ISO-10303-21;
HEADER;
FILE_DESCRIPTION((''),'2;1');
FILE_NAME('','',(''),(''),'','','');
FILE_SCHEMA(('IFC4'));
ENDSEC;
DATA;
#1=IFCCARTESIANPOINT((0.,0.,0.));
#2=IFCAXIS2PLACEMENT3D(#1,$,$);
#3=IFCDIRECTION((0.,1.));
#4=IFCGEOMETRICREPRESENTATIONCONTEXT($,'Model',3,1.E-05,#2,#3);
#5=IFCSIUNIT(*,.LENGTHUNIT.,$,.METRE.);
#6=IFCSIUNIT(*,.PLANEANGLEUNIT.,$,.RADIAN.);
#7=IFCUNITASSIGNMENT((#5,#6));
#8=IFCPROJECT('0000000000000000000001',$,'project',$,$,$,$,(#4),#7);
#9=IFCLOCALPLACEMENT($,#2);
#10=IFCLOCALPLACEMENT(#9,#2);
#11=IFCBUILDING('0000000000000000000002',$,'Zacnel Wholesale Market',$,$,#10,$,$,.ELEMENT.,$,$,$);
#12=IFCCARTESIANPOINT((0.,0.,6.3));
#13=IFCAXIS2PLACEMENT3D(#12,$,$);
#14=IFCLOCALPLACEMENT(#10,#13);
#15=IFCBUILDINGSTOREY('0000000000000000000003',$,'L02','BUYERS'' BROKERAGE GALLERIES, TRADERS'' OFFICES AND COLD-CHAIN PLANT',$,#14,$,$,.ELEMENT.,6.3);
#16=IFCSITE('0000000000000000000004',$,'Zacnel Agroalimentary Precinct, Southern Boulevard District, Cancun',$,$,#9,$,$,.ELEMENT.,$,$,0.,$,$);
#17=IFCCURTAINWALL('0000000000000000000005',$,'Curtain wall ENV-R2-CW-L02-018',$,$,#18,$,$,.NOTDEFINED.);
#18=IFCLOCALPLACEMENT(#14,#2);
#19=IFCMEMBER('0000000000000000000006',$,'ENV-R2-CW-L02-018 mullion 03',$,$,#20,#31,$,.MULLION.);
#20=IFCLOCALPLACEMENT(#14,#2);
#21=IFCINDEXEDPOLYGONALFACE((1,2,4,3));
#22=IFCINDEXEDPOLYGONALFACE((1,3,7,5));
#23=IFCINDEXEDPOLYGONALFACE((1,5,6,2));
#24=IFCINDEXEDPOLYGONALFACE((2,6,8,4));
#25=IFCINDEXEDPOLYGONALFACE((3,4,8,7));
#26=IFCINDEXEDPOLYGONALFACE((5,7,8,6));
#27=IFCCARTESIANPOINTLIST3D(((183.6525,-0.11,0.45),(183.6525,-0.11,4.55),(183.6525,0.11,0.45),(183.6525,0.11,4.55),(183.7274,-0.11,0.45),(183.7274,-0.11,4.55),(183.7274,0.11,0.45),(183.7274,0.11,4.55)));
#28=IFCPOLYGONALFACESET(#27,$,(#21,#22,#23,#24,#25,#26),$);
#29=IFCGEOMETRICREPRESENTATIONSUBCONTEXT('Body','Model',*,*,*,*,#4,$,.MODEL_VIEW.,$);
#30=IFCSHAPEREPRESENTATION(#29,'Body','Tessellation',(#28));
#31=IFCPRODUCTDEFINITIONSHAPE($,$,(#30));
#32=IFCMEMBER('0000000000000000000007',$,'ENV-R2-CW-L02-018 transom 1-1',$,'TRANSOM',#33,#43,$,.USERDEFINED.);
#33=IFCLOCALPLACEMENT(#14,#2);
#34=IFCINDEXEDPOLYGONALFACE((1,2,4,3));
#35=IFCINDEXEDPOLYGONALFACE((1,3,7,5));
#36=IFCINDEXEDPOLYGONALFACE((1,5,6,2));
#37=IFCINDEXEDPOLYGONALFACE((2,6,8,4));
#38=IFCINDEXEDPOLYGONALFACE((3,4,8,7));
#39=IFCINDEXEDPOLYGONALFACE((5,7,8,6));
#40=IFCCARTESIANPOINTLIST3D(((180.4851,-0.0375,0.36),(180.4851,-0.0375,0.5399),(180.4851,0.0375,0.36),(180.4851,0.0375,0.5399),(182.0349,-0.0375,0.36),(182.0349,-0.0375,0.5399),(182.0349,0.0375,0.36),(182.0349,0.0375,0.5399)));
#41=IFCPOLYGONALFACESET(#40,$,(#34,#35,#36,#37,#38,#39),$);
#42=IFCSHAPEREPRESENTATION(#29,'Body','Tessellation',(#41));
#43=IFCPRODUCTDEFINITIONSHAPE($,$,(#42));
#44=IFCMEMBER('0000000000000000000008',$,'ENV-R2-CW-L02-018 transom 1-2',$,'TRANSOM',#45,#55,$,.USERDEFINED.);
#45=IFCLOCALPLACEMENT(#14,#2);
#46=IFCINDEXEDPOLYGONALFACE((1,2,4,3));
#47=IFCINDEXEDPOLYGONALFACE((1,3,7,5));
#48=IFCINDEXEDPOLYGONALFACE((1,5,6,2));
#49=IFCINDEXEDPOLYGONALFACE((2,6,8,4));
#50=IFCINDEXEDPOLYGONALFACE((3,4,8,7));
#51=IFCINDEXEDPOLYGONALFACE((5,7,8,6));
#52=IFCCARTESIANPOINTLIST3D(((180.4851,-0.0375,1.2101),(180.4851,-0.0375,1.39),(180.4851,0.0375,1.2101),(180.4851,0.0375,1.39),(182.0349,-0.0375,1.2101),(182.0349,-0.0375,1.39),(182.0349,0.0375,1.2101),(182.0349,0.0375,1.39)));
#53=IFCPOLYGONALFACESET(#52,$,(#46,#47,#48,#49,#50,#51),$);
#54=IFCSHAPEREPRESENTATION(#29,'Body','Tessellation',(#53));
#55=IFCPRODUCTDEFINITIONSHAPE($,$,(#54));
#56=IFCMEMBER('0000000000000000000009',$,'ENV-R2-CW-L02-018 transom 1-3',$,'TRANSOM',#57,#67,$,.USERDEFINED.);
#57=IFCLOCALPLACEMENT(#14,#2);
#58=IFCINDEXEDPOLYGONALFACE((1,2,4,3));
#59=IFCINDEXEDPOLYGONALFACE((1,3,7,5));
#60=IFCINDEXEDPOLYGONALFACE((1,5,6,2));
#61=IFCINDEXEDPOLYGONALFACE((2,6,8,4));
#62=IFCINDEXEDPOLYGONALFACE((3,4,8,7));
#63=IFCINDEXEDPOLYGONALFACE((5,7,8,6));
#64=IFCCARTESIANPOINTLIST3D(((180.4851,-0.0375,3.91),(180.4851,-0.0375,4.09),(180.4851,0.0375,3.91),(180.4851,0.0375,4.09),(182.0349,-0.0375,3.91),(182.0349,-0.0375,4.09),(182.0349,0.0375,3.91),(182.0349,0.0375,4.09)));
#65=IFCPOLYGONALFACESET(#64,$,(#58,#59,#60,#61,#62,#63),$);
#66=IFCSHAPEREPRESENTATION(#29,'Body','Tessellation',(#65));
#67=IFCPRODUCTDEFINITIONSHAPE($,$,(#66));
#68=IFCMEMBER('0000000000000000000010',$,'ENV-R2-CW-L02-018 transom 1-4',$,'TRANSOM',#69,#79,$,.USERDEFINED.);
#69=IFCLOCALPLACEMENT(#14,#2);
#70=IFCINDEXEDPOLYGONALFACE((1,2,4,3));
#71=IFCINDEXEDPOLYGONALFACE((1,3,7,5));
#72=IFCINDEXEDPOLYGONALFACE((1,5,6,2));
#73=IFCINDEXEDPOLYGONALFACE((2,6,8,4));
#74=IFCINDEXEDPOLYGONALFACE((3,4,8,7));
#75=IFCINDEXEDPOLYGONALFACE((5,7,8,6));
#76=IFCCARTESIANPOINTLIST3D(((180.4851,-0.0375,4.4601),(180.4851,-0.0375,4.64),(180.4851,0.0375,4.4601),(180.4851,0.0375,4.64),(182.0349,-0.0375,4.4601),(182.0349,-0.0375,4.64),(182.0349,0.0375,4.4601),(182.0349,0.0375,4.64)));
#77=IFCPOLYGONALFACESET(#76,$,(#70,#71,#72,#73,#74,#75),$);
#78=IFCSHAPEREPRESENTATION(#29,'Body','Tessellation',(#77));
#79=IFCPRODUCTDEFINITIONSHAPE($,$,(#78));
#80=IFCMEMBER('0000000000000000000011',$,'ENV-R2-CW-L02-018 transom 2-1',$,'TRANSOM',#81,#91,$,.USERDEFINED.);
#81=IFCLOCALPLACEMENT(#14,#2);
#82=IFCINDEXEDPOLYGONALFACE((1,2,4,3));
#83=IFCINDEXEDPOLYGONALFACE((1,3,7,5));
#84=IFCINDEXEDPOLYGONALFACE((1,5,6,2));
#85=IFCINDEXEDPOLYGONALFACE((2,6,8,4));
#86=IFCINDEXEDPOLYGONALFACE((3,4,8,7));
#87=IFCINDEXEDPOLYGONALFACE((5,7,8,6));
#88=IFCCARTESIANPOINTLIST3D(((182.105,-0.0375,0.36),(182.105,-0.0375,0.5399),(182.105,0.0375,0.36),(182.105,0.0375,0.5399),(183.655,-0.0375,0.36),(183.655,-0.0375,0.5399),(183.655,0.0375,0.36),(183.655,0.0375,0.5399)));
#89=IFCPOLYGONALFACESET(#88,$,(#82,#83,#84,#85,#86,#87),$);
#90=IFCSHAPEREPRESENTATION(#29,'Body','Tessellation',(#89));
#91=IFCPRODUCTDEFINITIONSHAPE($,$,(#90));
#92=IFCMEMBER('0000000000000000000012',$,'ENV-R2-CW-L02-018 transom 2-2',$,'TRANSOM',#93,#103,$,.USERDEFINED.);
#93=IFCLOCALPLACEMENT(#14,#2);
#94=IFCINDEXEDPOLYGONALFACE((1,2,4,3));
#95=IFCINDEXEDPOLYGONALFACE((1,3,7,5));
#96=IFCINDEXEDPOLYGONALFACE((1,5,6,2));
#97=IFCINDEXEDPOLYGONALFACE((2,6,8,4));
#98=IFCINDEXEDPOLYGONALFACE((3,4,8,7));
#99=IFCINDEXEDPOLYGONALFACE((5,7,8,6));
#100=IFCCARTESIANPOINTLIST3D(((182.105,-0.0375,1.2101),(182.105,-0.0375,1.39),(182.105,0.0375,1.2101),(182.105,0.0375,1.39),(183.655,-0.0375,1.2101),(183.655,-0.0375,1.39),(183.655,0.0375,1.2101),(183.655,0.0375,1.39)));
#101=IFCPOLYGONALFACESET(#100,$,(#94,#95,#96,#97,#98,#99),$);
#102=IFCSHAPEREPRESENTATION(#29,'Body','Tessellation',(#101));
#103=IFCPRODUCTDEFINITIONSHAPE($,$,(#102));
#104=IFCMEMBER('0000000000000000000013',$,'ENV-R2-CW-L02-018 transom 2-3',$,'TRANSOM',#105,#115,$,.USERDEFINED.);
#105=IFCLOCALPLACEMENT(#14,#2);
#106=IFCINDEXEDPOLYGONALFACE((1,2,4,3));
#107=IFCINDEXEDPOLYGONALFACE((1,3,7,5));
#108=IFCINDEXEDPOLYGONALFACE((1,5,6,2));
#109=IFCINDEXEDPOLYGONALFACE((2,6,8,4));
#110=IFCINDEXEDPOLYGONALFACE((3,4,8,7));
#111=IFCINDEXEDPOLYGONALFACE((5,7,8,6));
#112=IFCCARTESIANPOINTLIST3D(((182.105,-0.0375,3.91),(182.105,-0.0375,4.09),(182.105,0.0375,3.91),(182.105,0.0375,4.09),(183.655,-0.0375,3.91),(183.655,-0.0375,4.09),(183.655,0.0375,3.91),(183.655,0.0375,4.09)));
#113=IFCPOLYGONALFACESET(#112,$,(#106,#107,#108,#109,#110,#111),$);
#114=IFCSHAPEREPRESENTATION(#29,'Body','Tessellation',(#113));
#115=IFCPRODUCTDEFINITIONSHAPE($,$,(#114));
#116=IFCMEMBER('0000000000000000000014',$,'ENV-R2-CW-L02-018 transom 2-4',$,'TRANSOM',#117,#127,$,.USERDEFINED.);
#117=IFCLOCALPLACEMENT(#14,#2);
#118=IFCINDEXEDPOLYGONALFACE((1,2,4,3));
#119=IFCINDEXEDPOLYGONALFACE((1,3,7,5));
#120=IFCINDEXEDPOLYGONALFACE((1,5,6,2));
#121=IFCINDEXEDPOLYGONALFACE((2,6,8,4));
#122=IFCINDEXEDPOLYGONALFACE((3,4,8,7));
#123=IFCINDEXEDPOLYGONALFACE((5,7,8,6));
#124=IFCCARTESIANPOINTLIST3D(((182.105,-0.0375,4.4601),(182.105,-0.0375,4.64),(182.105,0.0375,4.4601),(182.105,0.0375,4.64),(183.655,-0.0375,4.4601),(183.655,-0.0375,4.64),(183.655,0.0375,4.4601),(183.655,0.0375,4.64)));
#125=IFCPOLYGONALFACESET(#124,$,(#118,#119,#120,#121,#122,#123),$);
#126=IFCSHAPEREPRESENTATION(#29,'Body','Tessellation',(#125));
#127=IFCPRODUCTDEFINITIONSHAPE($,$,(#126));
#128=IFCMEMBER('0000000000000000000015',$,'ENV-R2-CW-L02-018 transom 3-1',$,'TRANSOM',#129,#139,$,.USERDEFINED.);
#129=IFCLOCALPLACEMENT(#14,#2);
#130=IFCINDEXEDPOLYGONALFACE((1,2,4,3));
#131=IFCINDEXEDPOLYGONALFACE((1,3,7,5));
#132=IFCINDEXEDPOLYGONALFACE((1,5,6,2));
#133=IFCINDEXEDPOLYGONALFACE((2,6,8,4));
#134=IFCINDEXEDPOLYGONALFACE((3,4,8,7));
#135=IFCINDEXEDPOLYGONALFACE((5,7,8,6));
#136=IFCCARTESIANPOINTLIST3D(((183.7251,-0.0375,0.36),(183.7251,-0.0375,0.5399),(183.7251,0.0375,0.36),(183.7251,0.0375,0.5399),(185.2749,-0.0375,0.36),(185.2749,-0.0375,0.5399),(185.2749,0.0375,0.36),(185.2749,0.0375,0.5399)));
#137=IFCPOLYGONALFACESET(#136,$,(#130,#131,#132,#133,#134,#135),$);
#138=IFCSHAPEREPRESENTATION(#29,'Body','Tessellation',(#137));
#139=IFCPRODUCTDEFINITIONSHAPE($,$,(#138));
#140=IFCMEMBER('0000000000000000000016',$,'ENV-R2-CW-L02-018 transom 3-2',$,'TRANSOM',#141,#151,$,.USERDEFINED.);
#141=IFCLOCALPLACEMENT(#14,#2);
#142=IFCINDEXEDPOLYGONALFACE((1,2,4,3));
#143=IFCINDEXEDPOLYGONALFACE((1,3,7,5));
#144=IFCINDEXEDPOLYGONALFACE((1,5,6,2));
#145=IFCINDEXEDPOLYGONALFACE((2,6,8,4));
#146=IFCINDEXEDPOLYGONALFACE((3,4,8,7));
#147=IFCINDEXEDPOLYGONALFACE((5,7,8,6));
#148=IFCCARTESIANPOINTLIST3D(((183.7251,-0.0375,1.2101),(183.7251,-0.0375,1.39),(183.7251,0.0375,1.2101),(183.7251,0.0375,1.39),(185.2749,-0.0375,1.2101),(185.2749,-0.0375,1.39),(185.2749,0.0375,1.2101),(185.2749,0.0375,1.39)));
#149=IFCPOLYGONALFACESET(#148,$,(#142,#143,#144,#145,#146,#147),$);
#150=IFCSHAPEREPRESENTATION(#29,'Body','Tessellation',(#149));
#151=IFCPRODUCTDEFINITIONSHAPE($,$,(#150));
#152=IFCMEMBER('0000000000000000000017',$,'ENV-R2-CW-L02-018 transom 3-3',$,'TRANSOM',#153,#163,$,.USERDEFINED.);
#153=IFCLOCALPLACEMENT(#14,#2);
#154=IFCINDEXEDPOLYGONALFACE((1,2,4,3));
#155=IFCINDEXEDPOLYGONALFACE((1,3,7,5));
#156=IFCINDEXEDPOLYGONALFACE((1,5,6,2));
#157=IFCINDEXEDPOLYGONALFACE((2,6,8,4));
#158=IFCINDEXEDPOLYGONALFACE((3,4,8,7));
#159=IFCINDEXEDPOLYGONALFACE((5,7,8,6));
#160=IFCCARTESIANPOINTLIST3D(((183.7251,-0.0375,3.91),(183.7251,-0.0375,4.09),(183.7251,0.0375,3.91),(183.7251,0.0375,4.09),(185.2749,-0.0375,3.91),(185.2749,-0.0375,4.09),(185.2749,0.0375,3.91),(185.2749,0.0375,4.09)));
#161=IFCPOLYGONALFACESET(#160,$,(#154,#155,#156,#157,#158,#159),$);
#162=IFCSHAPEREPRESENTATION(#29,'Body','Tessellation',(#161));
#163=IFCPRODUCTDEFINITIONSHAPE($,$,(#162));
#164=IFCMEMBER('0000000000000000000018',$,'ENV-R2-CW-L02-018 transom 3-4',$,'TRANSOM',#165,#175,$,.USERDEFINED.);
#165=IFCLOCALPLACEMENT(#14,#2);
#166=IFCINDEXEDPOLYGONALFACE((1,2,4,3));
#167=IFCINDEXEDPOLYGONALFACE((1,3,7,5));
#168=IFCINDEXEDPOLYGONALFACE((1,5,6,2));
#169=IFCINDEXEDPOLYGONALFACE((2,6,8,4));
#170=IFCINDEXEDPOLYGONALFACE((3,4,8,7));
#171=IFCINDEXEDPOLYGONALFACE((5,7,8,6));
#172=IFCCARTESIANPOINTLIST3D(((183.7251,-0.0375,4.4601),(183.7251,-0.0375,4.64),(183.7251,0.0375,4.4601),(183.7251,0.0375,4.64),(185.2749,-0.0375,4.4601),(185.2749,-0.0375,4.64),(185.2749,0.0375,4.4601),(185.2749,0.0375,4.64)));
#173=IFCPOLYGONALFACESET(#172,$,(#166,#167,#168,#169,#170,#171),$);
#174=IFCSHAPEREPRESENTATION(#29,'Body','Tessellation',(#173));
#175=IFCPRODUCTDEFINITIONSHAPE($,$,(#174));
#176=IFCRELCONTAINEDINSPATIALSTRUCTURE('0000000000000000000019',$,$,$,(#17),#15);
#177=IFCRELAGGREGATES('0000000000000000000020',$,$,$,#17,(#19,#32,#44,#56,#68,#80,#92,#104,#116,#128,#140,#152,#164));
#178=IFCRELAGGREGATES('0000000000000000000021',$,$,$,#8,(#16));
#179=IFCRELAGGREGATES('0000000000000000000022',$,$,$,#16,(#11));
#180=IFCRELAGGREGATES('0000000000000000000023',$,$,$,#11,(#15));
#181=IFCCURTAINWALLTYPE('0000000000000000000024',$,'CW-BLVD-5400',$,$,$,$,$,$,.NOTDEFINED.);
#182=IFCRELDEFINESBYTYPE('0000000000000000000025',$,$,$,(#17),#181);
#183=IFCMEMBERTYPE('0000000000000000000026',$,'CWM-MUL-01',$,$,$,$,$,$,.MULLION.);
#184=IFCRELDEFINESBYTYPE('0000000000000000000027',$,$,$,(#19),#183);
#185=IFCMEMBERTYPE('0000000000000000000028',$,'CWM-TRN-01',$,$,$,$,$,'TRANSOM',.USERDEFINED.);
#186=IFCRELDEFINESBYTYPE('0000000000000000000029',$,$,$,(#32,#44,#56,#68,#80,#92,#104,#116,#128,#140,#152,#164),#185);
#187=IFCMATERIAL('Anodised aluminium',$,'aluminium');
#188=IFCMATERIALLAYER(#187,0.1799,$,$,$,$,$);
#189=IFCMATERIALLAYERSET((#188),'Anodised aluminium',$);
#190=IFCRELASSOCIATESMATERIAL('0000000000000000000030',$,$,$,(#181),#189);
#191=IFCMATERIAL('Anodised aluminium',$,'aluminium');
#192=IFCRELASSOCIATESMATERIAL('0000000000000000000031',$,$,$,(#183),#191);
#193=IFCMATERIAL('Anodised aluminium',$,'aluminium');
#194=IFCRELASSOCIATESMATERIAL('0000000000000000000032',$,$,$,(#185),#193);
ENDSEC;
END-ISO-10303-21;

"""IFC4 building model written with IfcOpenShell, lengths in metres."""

from ifc_helpers import new_model, si_unit, direction, frame, origin, origin_2d, place, context, subcontext, project, spatial, rectangle, extrude, material, layer, layer_set, material_profile, profile_set, type_object, element, aggregate, save


model = new_model("IFC4")

# Units and contexts
model_context = context("Model", 3, precision=1e-05, world=origin(), true_north=direction((0.0, 1.0)))
body_context = subcontext(model_context, "Body", "Model", "MODEL_VIEW")
ifc_project = project(units=[si_unit("LENGTHUNIT", "METRE"), si_unit("PLANEANGLEUNIT", "RADIAN")], contexts=[model_context])

# Site, building, storey
site_placement = place(None, origin())
site = spatial("IfcSite", under=ifc_project, at=site_placement, Name="Zacnel Agroalimentary Precinct, Southern Boulevard District, Cancun", CompositionType="ELEMENT", RefElevation=0.0)
building_placement = place(site_placement, origin())
building = spatial("IfcBuilding", under=site, at=building_placement, Name="Zacnel Wholesale Market", CompositionType="ELEMENT")
storey_placement = place(building_placement, frame((0.0, 0.0, 6.3)))
storey = spatial("IfcBuildingStorey", under=building, at=storey_placement, Name="L02", Description="BUYERS' BROKERAGE GALLERIES, TRADERS' OFFICES AND COLD-CHAIN PLANT", CompositionType="ELEMENT", Elevation=6.3)

# Curtain wall, members
ifc_material_1 = material(Name="Anodised aluminium", Category="aluminium")
ifc_layer_1 = layer(ifc_material_1, 0.1799)
ifc_layer_set_1 = layer_set([ifc_layer_1], Name="Anodised aluminium")
curtain_wall_type = type_object("IfcCurtainWallType", Name="CW-BLVD-5400", PredefinedType="NOTDEFINED", material=ifc_layer_set_1)
curtain_wall_placement = place(storey_placement, origin())
curtain_wall = element("IfcCurtainWall", 1, at=curtain_wall_placement, inside=storey, type_object=curtain_wall_type, Name="Curtain wall ENV-R2-CW-L02-018", PredefinedType="NOTDEFINED")
ifc_material_2 = material(Name="Anodised aluminium", Category="aluminium")
ifc_material_profile_1 = material_profile(ifc_material_2, rectangle(XDim=0.075, YDim=0.22, at=origin_2d()), Name="AW-MULLION 75x220")
ifc_profile_set_1 = profile_set([ifc_material_profile_1], Name="Anodised aluminium")
member_type_1 = type_object("IfcMemberType", Name="CWM-MUL-01", PredefinedType="MULLION", material=ifc_profile_set_1)
member_1_placement = place(storey_placement, frame((183.6899, 0.0, 0.45), z_axis=(0.0, 0.0, 1.0), x_axis=(1.0, 0.0, 0.0)))
member_1 = element("IfcMember", 2, at=member_1_placement, type_object=member_type_1, Name="ENV-R2-CW-L02-018 mullion 03", PredefinedType="MULLION", context=body_context, shape_type="SweptSolid", body=[
    extrude(rectangle(XDim=0.075, YDim=0.22, at=origin_2d()), origin(), (0.0, 0.0, 1.0), 4.1001),
])
ifc_material_3 = material(Name="Anodised aluminium", Category="aluminium")
ifc_material_profile_2 = material_profile(ifc_material_3, rectangle(XDim=0.075, YDim=0.1799, at=origin_2d()), Name="AW-TRANSOM 75x180")
ifc_profile_set_2 = profile_set([ifc_material_profile_2], Name="Anodised aluminium")
member_type_2 = type_object("IfcMemberType", Name="CWM-TRN-01", ElementType="TRANSOM", PredefinedType="USERDEFINED", material=ifc_profile_set_2)
member_2_placement = place(storey_placement, frame((180.4851, 0.0, 0.45), z_axis=(1.0, 0.0, 0.0), x_axis=(0.0, 1.0, 0.0)))
member_2 = element("IfcMember", 3, at=member_2_placement, type_object=member_type_2, Name="ENV-R2-CW-L02-018 transom 1-1", ObjectType="TRANSOM", PredefinedType="USERDEFINED", context=body_context, shape_type="SweptSolid", body=[
    extrude(rectangle(XDim=0.075, YDim=0.1799, at=origin_2d()), origin(), (0.0, 0.0, 1.0), 1.5498),
])
member_3_placement = place(storey_placement, frame((180.4851, 0.0, 1.3), z_axis=(1.0, 0.0, 0.0), x_axis=(0.0, 1.0, 0.0)))
member_3 = element("IfcMember", 4, at=member_3_placement, type_object=member_type_2, Name="ENV-R2-CW-L02-018 transom 1-2", ObjectType="TRANSOM", PredefinedType="USERDEFINED", context=body_context, shape_type="SweptSolid", body=[
    extrude(rectangle(XDim=0.075, YDim=0.1799, at=origin_2d()), origin(), (0.0, 0.0, 1.0), 1.5498),
])
member_4_placement = place(storey_placement, frame((180.4851, 0.0, 4.0), z_axis=(1.0, 0.0, 0.0), x_axis=(0.0, 1.0, 0.0)))
member_4 = element("IfcMember", 5, at=member_4_placement, type_object=member_type_2, Name="ENV-R2-CW-L02-018 transom 1-3", ObjectType="TRANSOM", PredefinedType="USERDEFINED", context=body_context, shape_type="SweptSolid", body=[
    extrude(rectangle(XDim=0.075, YDim=0.1799, at=origin_2d()), origin(), (0.0, 0.0, 1.0), 1.5498),
])
member_5_placement = place(storey_placement, frame((180.4851, 0.0, 4.55), z_axis=(1.0, 0.0, 0.0), x_axis=(0.0, 1.0, 0.0)))
member_5 = element("IfcMember", 6, at=member_5_placement, type_object=member_type_2, Name="ENV-R2-CW-L02-018 transom 1-4", ObjectType="TRANSOM", PredefinedType="USERDEFINED", context=body_context, shape_type="SweptSolid", body=[
    extrude(rectangle(XDim=0.075, YDim=0.1799, at=origin_2d()), origin(), (0.0, 0.0, 1.0), 1.5498),
])
member_6_placement = place(storey_placement, frame((182.105, 0.0, 0.45), z_axis=(1.0, 0.0, 0.0), x_axis=(0.0, 1.0, 0.0)))
member_6 = element("IfcMember", 7, at=member_6_placement, type_object=member_type_2, Name="ENV-R2-CW-L02-018 transom 2-1", ObjectType="TRANSOM", PredefinedType="USERDEFINED", context=body_context, shape_type="SweptSolid", body=[
    extrude(rectangle(XDim=0.075, YDim=0.1799, at=origin_2d()), origin(), (0.0, 0.0, 1.0), 1.55),
])
member_7_placement = place(storey_placement, frame((182.105, 0.0, 1.3), z_axis=(1.0, 0.0, 0.0), x_axis=(0.0, 1.0, 0.0)))
member_7 = element("IfcMember", 8, at=member_7_placement, type_object=member_type_2, Name="ENV-R2-CW-L02-018 transom 2-2", ObjectType="TRANSOM", PredefinedType="USERDEFINED", context=body_context, shape_type="SweptSolid", body=[
    extrude(rectangle(XDim=0.075, YDim=0.1799, at=origin_2d()), origin(), (0.0, 0.0, 1.0), 1.55),
])
member_8_placement = place(storey_placement, frame((182.105, 0.0, 4.0), z_axis=(1.0, 0.0, 0.0), x_axis=(0.0, 1.0, 0.0)))
member_8 = element("IfcMember", 9, at=member_8_placement, type_object=member_type_2, Name="ENV-R2-CW-L02-018 transom 2-3", ObjectType="TRANSOM", PredefinedType="USERDEFINED", context=body_context, shape_type="SweptSolid", body=[
    extrude(rectangle(XDim=0.075, YDim=0.1799, at=origin_2d()), origin(), (0.0, 0.0, 1.0), 1.55),
])
member_9_placement = place(storey_placement, frame((182.105, 0.0, 4.55), z_axis=(1.0, 0.0, 0.0), x_axis=(0.0, 1.0, 0.0)))
member_9 = element("IfcMember", 10, at=member_9_placement, type_object=member_type_2, Name="ENV-R2-CW-L02-018 transom 2-4", ObjectType="TRANSOM", PredefinedType="USERDEFINED", context=body_context, shape_type="SweptSolid", body=[
    extrude(rectangle(XDim=0.075, YDim=0.1799, at=origin_2d()), origin(), (0.0, 0.0, 1.0), 1.55),
])
member_10_placement = place(storey_placement, frame((183.7251, 0.0, 0.45), z_axis=(1.0, 0.0, 0.0), x_axis=(0.0, 1.0, 0.0)))
member_10 = element("IfcMember", 11, at=member_10_placement, type_object=member_type_2, Name="ENV-R2-CW-L02-018 transom 3-1", ObjectType="TRANSOM", PredefinedType="USERDEFINED", context=body_context, shape_type="SweptSolid", body=[
    extrude(rectangle(XDim=0.075, YDim=0.1799, at=origin_2d()), origin(), (0.0, 0.0, 1.0), 1.5498),
])
member_11_placement = place(storey_placement, frame((183.7251, 0.0, 1.3), z_axis=(1.0, 0.0, 0.0), x_axis=(0.0, 1.0, 0.0)))
member_11 = element("IfcMember", 12, at=member_11_placement, type_object=member_type_2, Name="ENV-R2-CW-L02-018 transom 3-2", ObjectType="TRANSOM", PredefinedType="USERDEFINED", context=body_context, shape_type="SweptSolid", body=[
    extrude(rectangle(XDim=0.075, YDim=0.1799, at=origin_2d()), origin(), (0.0, 0.0, 1.0), 1.5498),
])
member_12_placement = place(storey_placement, frame((183.7251, 0.0, 4.0), z_axis=(1.0, 0.0, 0.0), x_axis=(0.0, 1.0, 0.0)))
member_12 = element("IfcMember", 13, at=member_12_placement, type_object=member_type_2, Name="ENV-R2-CW-L02-018 transom 3-3", ObjectType="TRANSOM", PredefinedType="USERDEFINED", context=body_context, shape_type="SweptSolid", body=[
    extrude(rectangle(XDim=0.075, YDim=0.1799, at=origin_2d()), origin(), (0.0, 0.0, 1.0), 1.5498),
])
member_13_placement = place(storey_placement, frame((183.7251, 0.0, 4.55), z_axis=(1.0, 0.0, 0.0), x_axis=(0.0, 1.0, 0.0)))
member_13 = element("IfcMember", 14, at=member_13_placement, type_object=member_type_2, Name="ENV-R2-CW-L02-018 transom 3-4", ObjectType="TRANSOM", PredefinedType="USERDEFINED", context=body_context, shape_type="SweptSolid", body=[
    extrude(rectangle(XDim=0.075, YDim=0.1799, at=origin_2d()), origin(), (0.0, 0.0, 1.0), 1.5498),
])

aggregate(curtain_wall, [member_1, member_2, member_3, member_4, member_5, member_6, member_7, member_8, member_9, member_10, member_11, member_12, member_13])

save(model, "model.ifc")
